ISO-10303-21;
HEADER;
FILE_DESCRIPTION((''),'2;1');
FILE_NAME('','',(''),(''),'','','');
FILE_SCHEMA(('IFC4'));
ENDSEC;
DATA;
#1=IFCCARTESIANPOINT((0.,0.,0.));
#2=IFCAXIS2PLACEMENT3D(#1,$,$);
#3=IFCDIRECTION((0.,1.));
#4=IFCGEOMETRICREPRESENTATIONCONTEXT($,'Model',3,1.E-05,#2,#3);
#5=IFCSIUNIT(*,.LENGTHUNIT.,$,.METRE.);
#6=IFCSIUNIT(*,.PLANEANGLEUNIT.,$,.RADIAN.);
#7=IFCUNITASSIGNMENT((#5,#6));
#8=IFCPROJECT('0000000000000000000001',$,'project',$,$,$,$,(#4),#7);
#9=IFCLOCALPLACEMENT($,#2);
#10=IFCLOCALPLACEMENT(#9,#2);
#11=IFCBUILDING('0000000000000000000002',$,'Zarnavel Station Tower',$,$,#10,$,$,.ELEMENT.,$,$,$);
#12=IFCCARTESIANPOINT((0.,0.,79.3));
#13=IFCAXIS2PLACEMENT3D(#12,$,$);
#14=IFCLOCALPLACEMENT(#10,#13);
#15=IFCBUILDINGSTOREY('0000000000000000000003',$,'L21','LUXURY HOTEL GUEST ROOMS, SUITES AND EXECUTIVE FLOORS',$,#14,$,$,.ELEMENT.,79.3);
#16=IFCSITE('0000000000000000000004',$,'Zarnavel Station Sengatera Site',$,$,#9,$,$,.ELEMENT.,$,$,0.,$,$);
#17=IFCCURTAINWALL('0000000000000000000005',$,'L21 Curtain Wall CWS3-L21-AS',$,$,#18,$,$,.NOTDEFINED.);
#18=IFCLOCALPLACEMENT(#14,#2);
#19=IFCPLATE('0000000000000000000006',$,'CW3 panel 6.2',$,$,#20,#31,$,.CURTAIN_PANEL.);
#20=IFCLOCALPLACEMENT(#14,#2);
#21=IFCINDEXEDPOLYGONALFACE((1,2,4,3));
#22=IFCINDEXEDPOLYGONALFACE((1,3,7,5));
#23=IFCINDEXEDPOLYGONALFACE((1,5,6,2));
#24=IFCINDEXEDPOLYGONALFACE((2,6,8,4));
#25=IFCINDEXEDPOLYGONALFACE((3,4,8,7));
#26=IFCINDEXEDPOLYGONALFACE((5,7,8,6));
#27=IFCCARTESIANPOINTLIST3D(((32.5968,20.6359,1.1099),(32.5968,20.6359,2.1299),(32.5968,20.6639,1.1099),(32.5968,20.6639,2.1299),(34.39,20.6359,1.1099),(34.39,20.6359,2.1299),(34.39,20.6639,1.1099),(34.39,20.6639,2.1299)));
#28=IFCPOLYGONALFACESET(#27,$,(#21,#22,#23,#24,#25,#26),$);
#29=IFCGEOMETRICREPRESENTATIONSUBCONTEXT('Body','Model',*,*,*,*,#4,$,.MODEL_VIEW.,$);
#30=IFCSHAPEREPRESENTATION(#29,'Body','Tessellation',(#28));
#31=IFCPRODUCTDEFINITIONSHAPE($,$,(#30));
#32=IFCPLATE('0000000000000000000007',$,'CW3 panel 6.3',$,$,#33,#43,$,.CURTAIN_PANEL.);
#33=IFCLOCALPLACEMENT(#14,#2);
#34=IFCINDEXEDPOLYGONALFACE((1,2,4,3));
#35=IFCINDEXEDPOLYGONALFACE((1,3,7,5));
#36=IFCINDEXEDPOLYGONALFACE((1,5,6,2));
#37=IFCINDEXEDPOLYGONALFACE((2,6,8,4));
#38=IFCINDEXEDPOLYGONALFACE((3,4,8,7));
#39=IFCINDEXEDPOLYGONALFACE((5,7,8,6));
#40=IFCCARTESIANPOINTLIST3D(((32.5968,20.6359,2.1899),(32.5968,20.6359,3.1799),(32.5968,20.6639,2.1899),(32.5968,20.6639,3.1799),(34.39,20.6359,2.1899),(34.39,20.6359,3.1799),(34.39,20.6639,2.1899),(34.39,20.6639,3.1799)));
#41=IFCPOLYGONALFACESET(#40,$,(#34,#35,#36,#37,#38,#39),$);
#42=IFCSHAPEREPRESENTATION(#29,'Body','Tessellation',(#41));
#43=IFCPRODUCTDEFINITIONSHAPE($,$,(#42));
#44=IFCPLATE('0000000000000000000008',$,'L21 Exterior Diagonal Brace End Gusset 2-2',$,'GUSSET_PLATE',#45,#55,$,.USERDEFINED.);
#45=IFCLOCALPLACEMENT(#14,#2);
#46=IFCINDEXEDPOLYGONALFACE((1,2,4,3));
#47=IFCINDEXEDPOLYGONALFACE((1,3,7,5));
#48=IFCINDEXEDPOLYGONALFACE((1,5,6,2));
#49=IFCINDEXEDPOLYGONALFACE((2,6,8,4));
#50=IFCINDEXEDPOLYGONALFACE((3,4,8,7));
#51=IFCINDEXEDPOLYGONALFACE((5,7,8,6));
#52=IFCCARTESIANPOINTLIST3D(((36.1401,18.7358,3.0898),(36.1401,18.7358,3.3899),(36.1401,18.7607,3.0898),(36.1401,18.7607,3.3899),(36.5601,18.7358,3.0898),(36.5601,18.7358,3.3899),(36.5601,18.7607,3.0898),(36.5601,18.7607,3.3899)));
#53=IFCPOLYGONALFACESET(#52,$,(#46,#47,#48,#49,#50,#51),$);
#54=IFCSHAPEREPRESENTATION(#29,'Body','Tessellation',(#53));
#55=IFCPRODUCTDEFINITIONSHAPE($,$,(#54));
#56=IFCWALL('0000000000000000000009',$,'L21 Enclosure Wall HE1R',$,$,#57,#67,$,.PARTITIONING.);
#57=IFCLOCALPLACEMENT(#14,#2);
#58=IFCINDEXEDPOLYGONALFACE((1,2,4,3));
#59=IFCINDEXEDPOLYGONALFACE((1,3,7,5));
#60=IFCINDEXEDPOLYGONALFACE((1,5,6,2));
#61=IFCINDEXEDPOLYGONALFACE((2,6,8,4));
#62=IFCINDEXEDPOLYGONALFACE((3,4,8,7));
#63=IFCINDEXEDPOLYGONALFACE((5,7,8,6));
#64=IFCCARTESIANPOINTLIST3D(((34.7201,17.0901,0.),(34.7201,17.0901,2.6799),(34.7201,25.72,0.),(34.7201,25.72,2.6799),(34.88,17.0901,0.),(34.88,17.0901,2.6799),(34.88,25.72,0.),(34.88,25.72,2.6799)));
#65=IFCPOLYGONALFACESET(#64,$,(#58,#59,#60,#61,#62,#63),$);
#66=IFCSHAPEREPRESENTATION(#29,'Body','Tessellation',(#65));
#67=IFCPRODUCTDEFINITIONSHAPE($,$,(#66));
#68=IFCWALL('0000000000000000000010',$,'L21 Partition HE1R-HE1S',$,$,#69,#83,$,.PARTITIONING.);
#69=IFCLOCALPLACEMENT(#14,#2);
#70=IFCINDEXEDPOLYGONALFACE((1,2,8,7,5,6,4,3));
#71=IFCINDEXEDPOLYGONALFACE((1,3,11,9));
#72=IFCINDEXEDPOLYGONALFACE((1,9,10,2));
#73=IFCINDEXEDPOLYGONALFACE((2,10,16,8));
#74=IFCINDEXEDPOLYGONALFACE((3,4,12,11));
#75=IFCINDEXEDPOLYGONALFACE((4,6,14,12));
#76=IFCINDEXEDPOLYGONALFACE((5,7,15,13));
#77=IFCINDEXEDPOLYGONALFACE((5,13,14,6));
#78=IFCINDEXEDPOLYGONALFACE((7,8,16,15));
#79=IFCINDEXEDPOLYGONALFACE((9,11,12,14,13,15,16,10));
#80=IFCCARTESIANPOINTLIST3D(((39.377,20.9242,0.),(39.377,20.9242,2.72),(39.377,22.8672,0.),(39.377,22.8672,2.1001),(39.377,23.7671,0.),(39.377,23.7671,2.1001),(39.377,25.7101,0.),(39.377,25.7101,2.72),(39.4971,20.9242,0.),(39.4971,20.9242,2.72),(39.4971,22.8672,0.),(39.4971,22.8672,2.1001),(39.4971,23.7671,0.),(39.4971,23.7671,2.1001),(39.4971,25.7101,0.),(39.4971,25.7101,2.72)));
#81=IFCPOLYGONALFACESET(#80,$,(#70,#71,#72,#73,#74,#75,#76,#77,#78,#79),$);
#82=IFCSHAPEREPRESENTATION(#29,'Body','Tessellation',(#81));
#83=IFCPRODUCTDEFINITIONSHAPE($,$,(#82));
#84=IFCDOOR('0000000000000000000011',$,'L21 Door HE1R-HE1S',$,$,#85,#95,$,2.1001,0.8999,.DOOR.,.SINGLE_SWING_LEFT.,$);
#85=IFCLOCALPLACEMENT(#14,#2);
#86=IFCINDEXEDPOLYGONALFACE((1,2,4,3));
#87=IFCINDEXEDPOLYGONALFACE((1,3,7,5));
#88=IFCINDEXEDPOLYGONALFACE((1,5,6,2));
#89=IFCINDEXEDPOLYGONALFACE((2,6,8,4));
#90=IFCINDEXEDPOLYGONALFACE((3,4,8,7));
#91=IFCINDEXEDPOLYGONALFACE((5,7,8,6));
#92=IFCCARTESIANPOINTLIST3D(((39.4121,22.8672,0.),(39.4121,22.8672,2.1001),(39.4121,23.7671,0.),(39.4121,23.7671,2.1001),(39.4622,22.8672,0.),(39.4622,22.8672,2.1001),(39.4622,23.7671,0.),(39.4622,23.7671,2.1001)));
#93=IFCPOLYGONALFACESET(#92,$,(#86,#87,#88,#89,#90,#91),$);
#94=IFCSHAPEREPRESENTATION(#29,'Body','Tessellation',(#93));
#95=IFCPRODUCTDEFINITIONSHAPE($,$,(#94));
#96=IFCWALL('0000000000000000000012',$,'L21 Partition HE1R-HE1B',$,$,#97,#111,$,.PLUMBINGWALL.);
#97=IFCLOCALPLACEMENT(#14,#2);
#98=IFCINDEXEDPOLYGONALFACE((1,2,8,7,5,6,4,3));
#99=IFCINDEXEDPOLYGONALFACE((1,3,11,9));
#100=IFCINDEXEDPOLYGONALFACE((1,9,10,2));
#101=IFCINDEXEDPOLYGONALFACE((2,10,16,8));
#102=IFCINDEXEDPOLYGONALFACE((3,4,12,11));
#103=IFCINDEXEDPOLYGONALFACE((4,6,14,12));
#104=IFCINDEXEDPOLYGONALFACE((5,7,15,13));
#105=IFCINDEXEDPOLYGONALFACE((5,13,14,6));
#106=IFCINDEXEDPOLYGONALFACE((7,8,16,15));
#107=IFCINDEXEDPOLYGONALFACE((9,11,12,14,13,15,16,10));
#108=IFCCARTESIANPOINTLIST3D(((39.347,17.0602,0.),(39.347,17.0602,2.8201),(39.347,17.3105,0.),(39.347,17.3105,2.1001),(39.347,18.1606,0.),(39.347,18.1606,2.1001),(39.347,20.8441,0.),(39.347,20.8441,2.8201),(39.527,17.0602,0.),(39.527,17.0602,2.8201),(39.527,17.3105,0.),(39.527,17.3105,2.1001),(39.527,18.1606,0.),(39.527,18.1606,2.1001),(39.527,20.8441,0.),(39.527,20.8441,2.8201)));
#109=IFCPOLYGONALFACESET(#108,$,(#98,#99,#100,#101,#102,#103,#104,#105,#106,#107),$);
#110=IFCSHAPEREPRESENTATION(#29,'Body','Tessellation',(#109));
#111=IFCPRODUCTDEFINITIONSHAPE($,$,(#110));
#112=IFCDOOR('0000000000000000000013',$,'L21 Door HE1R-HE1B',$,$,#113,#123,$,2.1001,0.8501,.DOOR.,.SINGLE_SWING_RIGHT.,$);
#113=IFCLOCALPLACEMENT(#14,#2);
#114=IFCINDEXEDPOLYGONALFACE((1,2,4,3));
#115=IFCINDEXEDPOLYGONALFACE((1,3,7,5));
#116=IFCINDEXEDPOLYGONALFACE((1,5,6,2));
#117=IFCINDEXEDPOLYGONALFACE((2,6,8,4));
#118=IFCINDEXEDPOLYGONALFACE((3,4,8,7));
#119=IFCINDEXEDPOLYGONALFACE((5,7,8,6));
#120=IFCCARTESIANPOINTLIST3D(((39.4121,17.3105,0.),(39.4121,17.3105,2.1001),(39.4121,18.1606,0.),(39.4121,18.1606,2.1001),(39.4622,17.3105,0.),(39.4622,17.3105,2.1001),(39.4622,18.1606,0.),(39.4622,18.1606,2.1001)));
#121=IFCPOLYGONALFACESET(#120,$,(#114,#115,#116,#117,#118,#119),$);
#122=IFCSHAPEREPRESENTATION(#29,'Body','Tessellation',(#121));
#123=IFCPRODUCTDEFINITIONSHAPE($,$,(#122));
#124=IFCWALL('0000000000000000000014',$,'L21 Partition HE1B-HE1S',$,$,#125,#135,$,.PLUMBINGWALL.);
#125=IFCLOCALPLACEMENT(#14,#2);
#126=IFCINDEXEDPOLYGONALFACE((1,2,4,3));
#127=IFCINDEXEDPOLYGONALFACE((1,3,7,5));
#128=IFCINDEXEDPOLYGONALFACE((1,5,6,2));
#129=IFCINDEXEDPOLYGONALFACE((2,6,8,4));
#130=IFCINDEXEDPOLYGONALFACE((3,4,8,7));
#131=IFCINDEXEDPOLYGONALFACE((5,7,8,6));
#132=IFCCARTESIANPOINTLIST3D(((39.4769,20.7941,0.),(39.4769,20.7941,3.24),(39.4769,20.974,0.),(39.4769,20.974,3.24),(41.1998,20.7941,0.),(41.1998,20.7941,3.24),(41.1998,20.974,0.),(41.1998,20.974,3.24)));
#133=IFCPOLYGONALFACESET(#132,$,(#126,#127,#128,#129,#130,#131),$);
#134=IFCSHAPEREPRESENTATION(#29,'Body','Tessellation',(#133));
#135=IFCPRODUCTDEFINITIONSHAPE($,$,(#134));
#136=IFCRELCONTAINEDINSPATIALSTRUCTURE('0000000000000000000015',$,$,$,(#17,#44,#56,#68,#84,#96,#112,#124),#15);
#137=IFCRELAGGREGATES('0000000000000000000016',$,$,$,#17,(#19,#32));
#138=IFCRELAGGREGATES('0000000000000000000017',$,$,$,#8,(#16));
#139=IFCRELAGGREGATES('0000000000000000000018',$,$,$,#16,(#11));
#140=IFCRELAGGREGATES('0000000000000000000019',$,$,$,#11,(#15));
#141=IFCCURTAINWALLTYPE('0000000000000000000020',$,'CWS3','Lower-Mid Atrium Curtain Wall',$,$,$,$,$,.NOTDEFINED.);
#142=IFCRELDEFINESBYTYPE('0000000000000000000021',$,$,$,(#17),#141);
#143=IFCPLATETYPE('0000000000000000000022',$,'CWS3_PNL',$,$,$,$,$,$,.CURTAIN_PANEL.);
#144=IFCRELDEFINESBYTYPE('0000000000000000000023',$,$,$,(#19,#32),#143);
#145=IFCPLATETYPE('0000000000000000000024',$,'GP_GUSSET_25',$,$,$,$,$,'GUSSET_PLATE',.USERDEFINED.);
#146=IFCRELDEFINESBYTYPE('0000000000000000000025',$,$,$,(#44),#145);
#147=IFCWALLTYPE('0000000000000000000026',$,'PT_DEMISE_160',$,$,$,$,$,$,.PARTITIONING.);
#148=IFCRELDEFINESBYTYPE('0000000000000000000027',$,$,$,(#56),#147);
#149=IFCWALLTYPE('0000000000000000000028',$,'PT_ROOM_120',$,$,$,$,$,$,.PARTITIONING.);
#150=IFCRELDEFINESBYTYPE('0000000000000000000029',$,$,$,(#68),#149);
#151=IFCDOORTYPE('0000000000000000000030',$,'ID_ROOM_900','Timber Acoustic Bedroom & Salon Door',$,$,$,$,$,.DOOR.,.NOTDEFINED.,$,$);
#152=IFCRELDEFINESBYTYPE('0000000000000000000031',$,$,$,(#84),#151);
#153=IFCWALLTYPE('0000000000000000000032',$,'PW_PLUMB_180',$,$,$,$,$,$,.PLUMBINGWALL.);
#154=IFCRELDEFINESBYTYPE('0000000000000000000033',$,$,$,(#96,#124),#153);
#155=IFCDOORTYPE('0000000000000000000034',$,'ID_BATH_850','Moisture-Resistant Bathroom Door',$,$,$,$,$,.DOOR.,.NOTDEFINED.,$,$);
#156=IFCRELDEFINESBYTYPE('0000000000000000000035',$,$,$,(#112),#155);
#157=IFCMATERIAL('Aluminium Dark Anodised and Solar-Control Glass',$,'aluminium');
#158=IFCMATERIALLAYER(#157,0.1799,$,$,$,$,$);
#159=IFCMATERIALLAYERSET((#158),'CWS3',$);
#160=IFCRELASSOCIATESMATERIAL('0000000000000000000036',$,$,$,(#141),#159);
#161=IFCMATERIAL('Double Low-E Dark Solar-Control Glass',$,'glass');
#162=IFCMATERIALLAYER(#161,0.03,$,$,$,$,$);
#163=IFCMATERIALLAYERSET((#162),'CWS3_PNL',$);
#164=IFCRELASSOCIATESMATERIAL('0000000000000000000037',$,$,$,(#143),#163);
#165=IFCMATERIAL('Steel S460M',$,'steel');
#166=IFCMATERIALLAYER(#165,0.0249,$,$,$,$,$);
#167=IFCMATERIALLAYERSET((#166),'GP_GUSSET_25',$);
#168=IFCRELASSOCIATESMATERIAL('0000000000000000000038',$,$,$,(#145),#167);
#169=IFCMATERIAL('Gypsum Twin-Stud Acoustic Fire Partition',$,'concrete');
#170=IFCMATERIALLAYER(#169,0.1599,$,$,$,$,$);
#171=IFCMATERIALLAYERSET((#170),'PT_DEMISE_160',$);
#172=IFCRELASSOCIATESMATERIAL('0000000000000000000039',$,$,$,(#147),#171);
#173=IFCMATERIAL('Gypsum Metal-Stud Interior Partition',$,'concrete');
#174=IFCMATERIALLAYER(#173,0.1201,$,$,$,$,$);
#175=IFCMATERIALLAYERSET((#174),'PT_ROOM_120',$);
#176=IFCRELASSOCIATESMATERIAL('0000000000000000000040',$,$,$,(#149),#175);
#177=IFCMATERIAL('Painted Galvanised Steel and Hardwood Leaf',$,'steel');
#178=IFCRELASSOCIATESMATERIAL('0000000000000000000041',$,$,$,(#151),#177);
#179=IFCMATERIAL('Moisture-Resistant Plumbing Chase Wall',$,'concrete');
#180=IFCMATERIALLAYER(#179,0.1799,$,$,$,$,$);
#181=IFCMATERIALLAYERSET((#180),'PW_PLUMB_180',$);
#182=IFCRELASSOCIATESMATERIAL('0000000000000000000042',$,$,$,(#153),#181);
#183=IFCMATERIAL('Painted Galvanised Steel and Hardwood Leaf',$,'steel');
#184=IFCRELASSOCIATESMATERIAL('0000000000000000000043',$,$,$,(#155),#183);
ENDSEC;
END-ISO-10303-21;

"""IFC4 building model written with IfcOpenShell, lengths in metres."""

from ifc_helpers import new_model, si_unit, direction, frame, frame_2d, origin, origin_2d, place, context, subcontext, project, spatial, rectangle, extrude, material, layer, layer_set, type_object, element, fill, aggregate, save


model = new_model("IFC4")

# Units and contexts
model_context = context("Model", 3, precision=1e-05, world=origin(), true_north=direction((0.0, 1.0)))
body_context = subcontext(model_context, "Body", "Model", "MODEL_VIEW")
ifc_project = project(units=[si_unit("LENGTHUNIT", "METRE"), si_unit("PLANEANGLEUNIT", "RADIAN")], contexts=[model_context])

# Site, building, storey
site_placement = place(None, origin())
site = spatial("IfcSite", under=ifc_project, at=site_placement, Name="Zarnavel Station Sengatera Site", CompositionType="ELEMENT", RefElevation=0.0)
building_placement = place(site_placement, origin())
building = spatial("IfcBuilding", under=site, at=building_placement, Name="Zarnavel Station Tower", CompositionType="ELEMENT")
storey_placement = place(building_placement, frame((0.0, 0.0, 79.3)))
storey = spatial("IfcBuildingStorey", under=building, at=storey_placement, Name="L21", Description="LUXURY HOTEL GUEST ROOMS, SUITES AND EXECUTIVE FLOORS", CompositionType="ELEMENT", Elevation=79.3)

# Curtain wall
ifc_material_1 = material(Name="Aluminium Dark Anodised and Solar-Control Glass", Category="aluminium")
ifc_layer_1 = layer(ifc_material_1, 0.1799)
ifc_layer_set_1 = layer_set([ifc_layer_1], Name="CWS3")
curtain_wall_type = type_object("IfcCurtainWallType", Name="CWS3", Description="Lower-Mid Atrium Curtain Wall", PredefinedType="NOTDEFINED", material=ifc_layer_set_1)
curtain_wall_placement = place(storey_placement, origin())
curtain_wall = element("IfcCurtainWall", 1, at=curtain_wall_placement, inside=storey, type_object=curtain_wall_type, Name="L21 Curtain Wall CWS3-L21-AS", PredefinedType="NOTDEFINED")

# Plates
ifc_material_2 = material(Name="Double Low-E Dark Solar-Control Glass", Category="glass")
ifc_layer_2 = layer(ifc_material_2, 0.03)
ifc_layer_set_2 = layer_set([ifc_layer_2], Name="CWS3_PNL")
plate_type_1 = type_object("IfcPlateType", Name="CWS3_PNL", PredefinedType="CURTAIN_PANEL", material=ifc_layer_set_2)
plate_1_placement = place(storey_placement, frame((33.4934, 20.6499, 1.1099), z_axis=(0.0, 0.0, 1.0), x_axis=(1.0, 0.0, 0.0)))
plate_1 = element("IfcPlate", 2, at=plate_1_placement, type_object=plate_type_1, Name="CW3 panel 6.2", PredefinedType="CURTAIN_PANEL", context=body_context, shape_type="SweptSolid", body=[
    extrude(rectangle(XDim=1.7932, YDim=0.0281, at=origin_2d()), origin(), (0.0, 0.0, 1.0), 1.02),
])
plate_2_placement = place(storey_placement, frame((33.4934, 20.6499, 2.1899), z_axis=(0.0, 0.0, 1.0), x_axis=(1.0, 0.0, 0.0)))
plate_2 = element("IfcPlate", 3, at=plate_2_placement, type_object=plate_type_1, Name="CW3 panel 6.3", PredefinedType="CURTAIN_PANEL", context=body_context, shape_type="SweptSolid", body=[
    extrude(rectangle(XDim=1.7932, YDim=0.0281, at=origin_2d()), origin(), (0.0, 0.0, 1.0), 0.99),
])
aggregate(curtain_wall, [plate_1, plate_2])
ifc_material_3 = material(Name="Steel S460M", Category="steel")
ifc_layer_3 = layer(ifc_material_3, 0.0249)
ifc_layer_set_3 = layer_set([ifc_layer_3], Name="GP_GUSSET_25")
plate_type_2 = type_object("IfcPlateType", Name="GP_GUSSET_25", ElementType="GUSSET_PLATE", PredefinedType="USERDEFINED", material=ifc_layer_set_3)
plate_3_placement = place(storey_placement, frame((36.3501, 18.7483, 3.0898), z_axis=(0.0, 0.0, 1.0), x_axis=(1.0, 0.0, 0.0)))
element("IfcPlate", 4, at=plate_3_placement, inside=storey, type_object=plate_type_2, Name="L21 Exterior Diagonal Brace End Gusset 2-2", ObjectType="GUSSET_PLATE", PredefinedType="USERDEFINED", context=body_context, shape_type="SweptSolid", body=[
    extrude(rectangle(XDim=0.4199, YDim=0.0249, at=origin_2d()), origin(), (0.0, 0.0, 1.0), 0.3),
])

# Wall
ifc_material_4 = material(Name="Gypsum Twin-Stud Acoustic Fire Partition", Category="concrete")
ifc_layer_4 = layer(ifc_material_4, 0.1599)
ifc_layer_set_4 = layer_set([ifc_layer_4], Name="PT_DEMISE_160")
wall_type_1 = type_object("IfcWallType", Name="PT_DEMISE_160", PredefinedType="PARTITIONING", material=ifc_layer_set_4)
wall_1_placement = place(storey_placement, frame((34.8, 17.0901, 0.0), z_axis=(0.0, 0.0, 1.0), x_axis=(0.0, 1.0, 0.0)))
element("IfcWall", 5, at=wall_1_placement, inside=storey, type_object=wall_type_1, Name="L21 Enclosure Wall HE1R", PredefinedType="PARTITIONING", context=body_context, shape_type="SweptSolid", body=[
    extrude(rectangle(XDim=8.6299, YDim=0.1599, at=frame_2d((4.3149, 0.0))), origin(), (0.0, 0.0, 1.0), 2.6799),
])

# Walls, openings, doors
ifc_material_5 = material(Name="Gypsum Metal-Stud Interior Partition", Category="concrete")
ifc_layer_5 = layer(ifc_material_5, 0.1201)
ifc_layer_set_5 = layer_set([ifc_layer_5], Name="PT_ROOM_120")
wall_type_2 = type_object("IfcWallType", Name="PT_ROOM_120", PredefinedType="PARTITIONING", material=ifc_layer_set_5)
wall_2_placement = place(storey_placement, frame((39.437, 20.9241, 0.0), z_axis=(0.0, 0.0, 1.0), x_axis=(0.0, 1.0, 0.0)))
wall_2 = element("IfcWall", 6, at=wall_2_placement, inside=storey, type_object=wall_type_2, Name="L21 Partition HE1R-HE1S", PredefinedType="PARTITIONING", context=body_context, shape_type="SweptSolid", body=[
    extrude(rectangle(XDim=4.7859, YDim=0.1201, at=frame_2d((2.3931, 0.0))), origin(), (0.0, 0.0, 1.0), 2.72),
])
opening_1_placement = place(wall_2_placement, frame((1.9431, 0.0, 0.0)))
opening_1 = element("IfcOpeningElement", 7, at=opening_1_placement, cuts=wall_2, PredefinedType="OPENING", context=body_context, shape_type="SweptSolid", body=[
    extrude(rectangle(XDim=0.8999, YDim=2.1001, at=frame_2d((0.45, 1.05))), frame((0.0, 0.0701, 0.0), z_axis=(0.0, -1.0, 0.0), x_axis=(1.0, 0.0, 0.0)), (0.0, 0.0, 1.0), 0.1401),
])
ifc_material_6 = material(Name="Painted Galvanised Steel and Hardwood Leaf", Category="steel")
door_type_1 = type_object("IfcDoorType", Name="ID_ROOM_900", Description="Timber Acoustic Bedroom & Salon Door", OperationType="NOTDEFINED", PredefinedType="DOOR", material=ifc_material_6)
door_1_placement = place(opening_1_placement, origin())
door_1 = element("IfcDoor", 8, at=door_1_placement, inside=storey, type_object=door_type_1, Name="L21 Door HE1R-HE1S", OperationType="SINGLE_SWING_LEFT", OverallHeight=2.1001, OverallWidth=0.8999, PredefinedType="DOOR", context=body_context, shape_type="SweptSolid", body=[
    extrude(rectangle(XDim=0.8999, YDim=2.1001, at=frame_2d((0.45, 1.05))), frame((0.0, 0.0249, 0.0), z_axis=(0.0, -1.0, 0.0), x_axis=(1.0, 0.0, 0.0)), (0.0, 0.0, 1.0), 0.05),
])
fill(opening_1, door_1)
ifc_material_7 = material(Name="Moisture-Resistant Plumbing Chase Wall", Category="concrete")
ifc_layer_6 = layer(ifc_material_7, 0.1799)
ifc_layer_set_6 = layer_set([ifc_layer_6], Name="PW_PLUMB_180")
wall_type_3 = type_object("IfcWallType", Name="PW_PLUMB_180", PredefinedType="PLUMBINGWALL", material=ifc_layer_set_6)
wall_3_placement = place(storey_placement, frame((39.437, 17.0601, 0.0), z_axis=(0.0, 0.0, 1.0), x_axis=(0.0, 1.0, 0.0)))
wall_3 = element("IfcWall", 9, at=wall_3_placement, inside=storey, type_object=wall_type_3, Name="L21 Partition HE1R-HE1B", PredefinedType="PLUMBINGWALL", context=body_context, shape_type="SweptSolid", body=[
    extrude(rectangle(XDim=3.7839, YDim=0.1799, at=frame_2d((1.8921, 0.0))), origin(), (0.0, 0.0, 1.0), 2.8201),
])
opening_2_placement = place(wall_3_placement, frame((0.2505, 0.0, 0.0)))
opening_2 = element("IfcOpeningElement", 10, at=opening_2_placement, cuts=wall_3, PredefinedType="OPENING", context=body_context, shape_type="SweptSolid", body=[
    extrude(rectangle(XDim=0.8501, YDim=2.1001, at=frame_2d((0.425, 1.05))), frame((0.0, 0.0999, 0.0), z_axis=(0.0, -1.0, 0.0), x_axis=(1.0, 0.0, 0.0)), (0.0, 0.0, 1.0), 0.2),
])
ifc_material_8 = material(Name="Painted Galvanised Steel and Hardwood Leaf", Category="steel")
door_type_2 = type_object("IfcDoorType", Name="ID_BATH_850", Description="Moisture-Resistant Bathroom Door", OperationType="NOTDEFINED", PredefinedType="DOOR", material=ifc_material_8)
door_2_placement = place(opening_2_placement, origin())
door_2 = element("IfcDoor", 11, at=door_2_placement, inside=storey, type_object=door_type_2, Name="L21 Door HE1R-HE1B", OperationType="SINGLE_SWING_RIGHT", OverallHeight=2.1001, OverallWidth=0.8501, PredefinedType="DOOR", context=body_context, shape_type="SweptSolid", body=[
    extrude(rectangle(XDim=0.8501, YDim=2.1001, at=frame_2d((0.425, 1.05))), frame((0.0, 0.0249, 0.0), z_axis=(0.0, -1.0, 0.0), x_axis=(1.0, 0.0, 0.0)), (0.0, 0.0, 1.0), 0.05),
])
fill(opening_2, door_2)

# Wall
wall_4_placement = place(storey_placement, frame((39.4771, 20.884, 0.0), z_axis=(0.0, 0.0, 1.0), x_axis=(1.0, 0.0, 0.0)))
element("IfcWall", 12, at=wall_4_placement, inside=storey, type_object=wall_type_3, Name="L21 Partition HE1B-HE1S", PredefinedType="PLUMBINGWALL", context=body_context, shape_type="SweptSolid", body=[
    extrude(rectangle(XDim=1.7229, YDim=0.1799, at=frame_2d((0.8613, 0.0))), origin(), (0.0, 0.0, 1.0), 3.24),
])

save(model, "model.ifc")
